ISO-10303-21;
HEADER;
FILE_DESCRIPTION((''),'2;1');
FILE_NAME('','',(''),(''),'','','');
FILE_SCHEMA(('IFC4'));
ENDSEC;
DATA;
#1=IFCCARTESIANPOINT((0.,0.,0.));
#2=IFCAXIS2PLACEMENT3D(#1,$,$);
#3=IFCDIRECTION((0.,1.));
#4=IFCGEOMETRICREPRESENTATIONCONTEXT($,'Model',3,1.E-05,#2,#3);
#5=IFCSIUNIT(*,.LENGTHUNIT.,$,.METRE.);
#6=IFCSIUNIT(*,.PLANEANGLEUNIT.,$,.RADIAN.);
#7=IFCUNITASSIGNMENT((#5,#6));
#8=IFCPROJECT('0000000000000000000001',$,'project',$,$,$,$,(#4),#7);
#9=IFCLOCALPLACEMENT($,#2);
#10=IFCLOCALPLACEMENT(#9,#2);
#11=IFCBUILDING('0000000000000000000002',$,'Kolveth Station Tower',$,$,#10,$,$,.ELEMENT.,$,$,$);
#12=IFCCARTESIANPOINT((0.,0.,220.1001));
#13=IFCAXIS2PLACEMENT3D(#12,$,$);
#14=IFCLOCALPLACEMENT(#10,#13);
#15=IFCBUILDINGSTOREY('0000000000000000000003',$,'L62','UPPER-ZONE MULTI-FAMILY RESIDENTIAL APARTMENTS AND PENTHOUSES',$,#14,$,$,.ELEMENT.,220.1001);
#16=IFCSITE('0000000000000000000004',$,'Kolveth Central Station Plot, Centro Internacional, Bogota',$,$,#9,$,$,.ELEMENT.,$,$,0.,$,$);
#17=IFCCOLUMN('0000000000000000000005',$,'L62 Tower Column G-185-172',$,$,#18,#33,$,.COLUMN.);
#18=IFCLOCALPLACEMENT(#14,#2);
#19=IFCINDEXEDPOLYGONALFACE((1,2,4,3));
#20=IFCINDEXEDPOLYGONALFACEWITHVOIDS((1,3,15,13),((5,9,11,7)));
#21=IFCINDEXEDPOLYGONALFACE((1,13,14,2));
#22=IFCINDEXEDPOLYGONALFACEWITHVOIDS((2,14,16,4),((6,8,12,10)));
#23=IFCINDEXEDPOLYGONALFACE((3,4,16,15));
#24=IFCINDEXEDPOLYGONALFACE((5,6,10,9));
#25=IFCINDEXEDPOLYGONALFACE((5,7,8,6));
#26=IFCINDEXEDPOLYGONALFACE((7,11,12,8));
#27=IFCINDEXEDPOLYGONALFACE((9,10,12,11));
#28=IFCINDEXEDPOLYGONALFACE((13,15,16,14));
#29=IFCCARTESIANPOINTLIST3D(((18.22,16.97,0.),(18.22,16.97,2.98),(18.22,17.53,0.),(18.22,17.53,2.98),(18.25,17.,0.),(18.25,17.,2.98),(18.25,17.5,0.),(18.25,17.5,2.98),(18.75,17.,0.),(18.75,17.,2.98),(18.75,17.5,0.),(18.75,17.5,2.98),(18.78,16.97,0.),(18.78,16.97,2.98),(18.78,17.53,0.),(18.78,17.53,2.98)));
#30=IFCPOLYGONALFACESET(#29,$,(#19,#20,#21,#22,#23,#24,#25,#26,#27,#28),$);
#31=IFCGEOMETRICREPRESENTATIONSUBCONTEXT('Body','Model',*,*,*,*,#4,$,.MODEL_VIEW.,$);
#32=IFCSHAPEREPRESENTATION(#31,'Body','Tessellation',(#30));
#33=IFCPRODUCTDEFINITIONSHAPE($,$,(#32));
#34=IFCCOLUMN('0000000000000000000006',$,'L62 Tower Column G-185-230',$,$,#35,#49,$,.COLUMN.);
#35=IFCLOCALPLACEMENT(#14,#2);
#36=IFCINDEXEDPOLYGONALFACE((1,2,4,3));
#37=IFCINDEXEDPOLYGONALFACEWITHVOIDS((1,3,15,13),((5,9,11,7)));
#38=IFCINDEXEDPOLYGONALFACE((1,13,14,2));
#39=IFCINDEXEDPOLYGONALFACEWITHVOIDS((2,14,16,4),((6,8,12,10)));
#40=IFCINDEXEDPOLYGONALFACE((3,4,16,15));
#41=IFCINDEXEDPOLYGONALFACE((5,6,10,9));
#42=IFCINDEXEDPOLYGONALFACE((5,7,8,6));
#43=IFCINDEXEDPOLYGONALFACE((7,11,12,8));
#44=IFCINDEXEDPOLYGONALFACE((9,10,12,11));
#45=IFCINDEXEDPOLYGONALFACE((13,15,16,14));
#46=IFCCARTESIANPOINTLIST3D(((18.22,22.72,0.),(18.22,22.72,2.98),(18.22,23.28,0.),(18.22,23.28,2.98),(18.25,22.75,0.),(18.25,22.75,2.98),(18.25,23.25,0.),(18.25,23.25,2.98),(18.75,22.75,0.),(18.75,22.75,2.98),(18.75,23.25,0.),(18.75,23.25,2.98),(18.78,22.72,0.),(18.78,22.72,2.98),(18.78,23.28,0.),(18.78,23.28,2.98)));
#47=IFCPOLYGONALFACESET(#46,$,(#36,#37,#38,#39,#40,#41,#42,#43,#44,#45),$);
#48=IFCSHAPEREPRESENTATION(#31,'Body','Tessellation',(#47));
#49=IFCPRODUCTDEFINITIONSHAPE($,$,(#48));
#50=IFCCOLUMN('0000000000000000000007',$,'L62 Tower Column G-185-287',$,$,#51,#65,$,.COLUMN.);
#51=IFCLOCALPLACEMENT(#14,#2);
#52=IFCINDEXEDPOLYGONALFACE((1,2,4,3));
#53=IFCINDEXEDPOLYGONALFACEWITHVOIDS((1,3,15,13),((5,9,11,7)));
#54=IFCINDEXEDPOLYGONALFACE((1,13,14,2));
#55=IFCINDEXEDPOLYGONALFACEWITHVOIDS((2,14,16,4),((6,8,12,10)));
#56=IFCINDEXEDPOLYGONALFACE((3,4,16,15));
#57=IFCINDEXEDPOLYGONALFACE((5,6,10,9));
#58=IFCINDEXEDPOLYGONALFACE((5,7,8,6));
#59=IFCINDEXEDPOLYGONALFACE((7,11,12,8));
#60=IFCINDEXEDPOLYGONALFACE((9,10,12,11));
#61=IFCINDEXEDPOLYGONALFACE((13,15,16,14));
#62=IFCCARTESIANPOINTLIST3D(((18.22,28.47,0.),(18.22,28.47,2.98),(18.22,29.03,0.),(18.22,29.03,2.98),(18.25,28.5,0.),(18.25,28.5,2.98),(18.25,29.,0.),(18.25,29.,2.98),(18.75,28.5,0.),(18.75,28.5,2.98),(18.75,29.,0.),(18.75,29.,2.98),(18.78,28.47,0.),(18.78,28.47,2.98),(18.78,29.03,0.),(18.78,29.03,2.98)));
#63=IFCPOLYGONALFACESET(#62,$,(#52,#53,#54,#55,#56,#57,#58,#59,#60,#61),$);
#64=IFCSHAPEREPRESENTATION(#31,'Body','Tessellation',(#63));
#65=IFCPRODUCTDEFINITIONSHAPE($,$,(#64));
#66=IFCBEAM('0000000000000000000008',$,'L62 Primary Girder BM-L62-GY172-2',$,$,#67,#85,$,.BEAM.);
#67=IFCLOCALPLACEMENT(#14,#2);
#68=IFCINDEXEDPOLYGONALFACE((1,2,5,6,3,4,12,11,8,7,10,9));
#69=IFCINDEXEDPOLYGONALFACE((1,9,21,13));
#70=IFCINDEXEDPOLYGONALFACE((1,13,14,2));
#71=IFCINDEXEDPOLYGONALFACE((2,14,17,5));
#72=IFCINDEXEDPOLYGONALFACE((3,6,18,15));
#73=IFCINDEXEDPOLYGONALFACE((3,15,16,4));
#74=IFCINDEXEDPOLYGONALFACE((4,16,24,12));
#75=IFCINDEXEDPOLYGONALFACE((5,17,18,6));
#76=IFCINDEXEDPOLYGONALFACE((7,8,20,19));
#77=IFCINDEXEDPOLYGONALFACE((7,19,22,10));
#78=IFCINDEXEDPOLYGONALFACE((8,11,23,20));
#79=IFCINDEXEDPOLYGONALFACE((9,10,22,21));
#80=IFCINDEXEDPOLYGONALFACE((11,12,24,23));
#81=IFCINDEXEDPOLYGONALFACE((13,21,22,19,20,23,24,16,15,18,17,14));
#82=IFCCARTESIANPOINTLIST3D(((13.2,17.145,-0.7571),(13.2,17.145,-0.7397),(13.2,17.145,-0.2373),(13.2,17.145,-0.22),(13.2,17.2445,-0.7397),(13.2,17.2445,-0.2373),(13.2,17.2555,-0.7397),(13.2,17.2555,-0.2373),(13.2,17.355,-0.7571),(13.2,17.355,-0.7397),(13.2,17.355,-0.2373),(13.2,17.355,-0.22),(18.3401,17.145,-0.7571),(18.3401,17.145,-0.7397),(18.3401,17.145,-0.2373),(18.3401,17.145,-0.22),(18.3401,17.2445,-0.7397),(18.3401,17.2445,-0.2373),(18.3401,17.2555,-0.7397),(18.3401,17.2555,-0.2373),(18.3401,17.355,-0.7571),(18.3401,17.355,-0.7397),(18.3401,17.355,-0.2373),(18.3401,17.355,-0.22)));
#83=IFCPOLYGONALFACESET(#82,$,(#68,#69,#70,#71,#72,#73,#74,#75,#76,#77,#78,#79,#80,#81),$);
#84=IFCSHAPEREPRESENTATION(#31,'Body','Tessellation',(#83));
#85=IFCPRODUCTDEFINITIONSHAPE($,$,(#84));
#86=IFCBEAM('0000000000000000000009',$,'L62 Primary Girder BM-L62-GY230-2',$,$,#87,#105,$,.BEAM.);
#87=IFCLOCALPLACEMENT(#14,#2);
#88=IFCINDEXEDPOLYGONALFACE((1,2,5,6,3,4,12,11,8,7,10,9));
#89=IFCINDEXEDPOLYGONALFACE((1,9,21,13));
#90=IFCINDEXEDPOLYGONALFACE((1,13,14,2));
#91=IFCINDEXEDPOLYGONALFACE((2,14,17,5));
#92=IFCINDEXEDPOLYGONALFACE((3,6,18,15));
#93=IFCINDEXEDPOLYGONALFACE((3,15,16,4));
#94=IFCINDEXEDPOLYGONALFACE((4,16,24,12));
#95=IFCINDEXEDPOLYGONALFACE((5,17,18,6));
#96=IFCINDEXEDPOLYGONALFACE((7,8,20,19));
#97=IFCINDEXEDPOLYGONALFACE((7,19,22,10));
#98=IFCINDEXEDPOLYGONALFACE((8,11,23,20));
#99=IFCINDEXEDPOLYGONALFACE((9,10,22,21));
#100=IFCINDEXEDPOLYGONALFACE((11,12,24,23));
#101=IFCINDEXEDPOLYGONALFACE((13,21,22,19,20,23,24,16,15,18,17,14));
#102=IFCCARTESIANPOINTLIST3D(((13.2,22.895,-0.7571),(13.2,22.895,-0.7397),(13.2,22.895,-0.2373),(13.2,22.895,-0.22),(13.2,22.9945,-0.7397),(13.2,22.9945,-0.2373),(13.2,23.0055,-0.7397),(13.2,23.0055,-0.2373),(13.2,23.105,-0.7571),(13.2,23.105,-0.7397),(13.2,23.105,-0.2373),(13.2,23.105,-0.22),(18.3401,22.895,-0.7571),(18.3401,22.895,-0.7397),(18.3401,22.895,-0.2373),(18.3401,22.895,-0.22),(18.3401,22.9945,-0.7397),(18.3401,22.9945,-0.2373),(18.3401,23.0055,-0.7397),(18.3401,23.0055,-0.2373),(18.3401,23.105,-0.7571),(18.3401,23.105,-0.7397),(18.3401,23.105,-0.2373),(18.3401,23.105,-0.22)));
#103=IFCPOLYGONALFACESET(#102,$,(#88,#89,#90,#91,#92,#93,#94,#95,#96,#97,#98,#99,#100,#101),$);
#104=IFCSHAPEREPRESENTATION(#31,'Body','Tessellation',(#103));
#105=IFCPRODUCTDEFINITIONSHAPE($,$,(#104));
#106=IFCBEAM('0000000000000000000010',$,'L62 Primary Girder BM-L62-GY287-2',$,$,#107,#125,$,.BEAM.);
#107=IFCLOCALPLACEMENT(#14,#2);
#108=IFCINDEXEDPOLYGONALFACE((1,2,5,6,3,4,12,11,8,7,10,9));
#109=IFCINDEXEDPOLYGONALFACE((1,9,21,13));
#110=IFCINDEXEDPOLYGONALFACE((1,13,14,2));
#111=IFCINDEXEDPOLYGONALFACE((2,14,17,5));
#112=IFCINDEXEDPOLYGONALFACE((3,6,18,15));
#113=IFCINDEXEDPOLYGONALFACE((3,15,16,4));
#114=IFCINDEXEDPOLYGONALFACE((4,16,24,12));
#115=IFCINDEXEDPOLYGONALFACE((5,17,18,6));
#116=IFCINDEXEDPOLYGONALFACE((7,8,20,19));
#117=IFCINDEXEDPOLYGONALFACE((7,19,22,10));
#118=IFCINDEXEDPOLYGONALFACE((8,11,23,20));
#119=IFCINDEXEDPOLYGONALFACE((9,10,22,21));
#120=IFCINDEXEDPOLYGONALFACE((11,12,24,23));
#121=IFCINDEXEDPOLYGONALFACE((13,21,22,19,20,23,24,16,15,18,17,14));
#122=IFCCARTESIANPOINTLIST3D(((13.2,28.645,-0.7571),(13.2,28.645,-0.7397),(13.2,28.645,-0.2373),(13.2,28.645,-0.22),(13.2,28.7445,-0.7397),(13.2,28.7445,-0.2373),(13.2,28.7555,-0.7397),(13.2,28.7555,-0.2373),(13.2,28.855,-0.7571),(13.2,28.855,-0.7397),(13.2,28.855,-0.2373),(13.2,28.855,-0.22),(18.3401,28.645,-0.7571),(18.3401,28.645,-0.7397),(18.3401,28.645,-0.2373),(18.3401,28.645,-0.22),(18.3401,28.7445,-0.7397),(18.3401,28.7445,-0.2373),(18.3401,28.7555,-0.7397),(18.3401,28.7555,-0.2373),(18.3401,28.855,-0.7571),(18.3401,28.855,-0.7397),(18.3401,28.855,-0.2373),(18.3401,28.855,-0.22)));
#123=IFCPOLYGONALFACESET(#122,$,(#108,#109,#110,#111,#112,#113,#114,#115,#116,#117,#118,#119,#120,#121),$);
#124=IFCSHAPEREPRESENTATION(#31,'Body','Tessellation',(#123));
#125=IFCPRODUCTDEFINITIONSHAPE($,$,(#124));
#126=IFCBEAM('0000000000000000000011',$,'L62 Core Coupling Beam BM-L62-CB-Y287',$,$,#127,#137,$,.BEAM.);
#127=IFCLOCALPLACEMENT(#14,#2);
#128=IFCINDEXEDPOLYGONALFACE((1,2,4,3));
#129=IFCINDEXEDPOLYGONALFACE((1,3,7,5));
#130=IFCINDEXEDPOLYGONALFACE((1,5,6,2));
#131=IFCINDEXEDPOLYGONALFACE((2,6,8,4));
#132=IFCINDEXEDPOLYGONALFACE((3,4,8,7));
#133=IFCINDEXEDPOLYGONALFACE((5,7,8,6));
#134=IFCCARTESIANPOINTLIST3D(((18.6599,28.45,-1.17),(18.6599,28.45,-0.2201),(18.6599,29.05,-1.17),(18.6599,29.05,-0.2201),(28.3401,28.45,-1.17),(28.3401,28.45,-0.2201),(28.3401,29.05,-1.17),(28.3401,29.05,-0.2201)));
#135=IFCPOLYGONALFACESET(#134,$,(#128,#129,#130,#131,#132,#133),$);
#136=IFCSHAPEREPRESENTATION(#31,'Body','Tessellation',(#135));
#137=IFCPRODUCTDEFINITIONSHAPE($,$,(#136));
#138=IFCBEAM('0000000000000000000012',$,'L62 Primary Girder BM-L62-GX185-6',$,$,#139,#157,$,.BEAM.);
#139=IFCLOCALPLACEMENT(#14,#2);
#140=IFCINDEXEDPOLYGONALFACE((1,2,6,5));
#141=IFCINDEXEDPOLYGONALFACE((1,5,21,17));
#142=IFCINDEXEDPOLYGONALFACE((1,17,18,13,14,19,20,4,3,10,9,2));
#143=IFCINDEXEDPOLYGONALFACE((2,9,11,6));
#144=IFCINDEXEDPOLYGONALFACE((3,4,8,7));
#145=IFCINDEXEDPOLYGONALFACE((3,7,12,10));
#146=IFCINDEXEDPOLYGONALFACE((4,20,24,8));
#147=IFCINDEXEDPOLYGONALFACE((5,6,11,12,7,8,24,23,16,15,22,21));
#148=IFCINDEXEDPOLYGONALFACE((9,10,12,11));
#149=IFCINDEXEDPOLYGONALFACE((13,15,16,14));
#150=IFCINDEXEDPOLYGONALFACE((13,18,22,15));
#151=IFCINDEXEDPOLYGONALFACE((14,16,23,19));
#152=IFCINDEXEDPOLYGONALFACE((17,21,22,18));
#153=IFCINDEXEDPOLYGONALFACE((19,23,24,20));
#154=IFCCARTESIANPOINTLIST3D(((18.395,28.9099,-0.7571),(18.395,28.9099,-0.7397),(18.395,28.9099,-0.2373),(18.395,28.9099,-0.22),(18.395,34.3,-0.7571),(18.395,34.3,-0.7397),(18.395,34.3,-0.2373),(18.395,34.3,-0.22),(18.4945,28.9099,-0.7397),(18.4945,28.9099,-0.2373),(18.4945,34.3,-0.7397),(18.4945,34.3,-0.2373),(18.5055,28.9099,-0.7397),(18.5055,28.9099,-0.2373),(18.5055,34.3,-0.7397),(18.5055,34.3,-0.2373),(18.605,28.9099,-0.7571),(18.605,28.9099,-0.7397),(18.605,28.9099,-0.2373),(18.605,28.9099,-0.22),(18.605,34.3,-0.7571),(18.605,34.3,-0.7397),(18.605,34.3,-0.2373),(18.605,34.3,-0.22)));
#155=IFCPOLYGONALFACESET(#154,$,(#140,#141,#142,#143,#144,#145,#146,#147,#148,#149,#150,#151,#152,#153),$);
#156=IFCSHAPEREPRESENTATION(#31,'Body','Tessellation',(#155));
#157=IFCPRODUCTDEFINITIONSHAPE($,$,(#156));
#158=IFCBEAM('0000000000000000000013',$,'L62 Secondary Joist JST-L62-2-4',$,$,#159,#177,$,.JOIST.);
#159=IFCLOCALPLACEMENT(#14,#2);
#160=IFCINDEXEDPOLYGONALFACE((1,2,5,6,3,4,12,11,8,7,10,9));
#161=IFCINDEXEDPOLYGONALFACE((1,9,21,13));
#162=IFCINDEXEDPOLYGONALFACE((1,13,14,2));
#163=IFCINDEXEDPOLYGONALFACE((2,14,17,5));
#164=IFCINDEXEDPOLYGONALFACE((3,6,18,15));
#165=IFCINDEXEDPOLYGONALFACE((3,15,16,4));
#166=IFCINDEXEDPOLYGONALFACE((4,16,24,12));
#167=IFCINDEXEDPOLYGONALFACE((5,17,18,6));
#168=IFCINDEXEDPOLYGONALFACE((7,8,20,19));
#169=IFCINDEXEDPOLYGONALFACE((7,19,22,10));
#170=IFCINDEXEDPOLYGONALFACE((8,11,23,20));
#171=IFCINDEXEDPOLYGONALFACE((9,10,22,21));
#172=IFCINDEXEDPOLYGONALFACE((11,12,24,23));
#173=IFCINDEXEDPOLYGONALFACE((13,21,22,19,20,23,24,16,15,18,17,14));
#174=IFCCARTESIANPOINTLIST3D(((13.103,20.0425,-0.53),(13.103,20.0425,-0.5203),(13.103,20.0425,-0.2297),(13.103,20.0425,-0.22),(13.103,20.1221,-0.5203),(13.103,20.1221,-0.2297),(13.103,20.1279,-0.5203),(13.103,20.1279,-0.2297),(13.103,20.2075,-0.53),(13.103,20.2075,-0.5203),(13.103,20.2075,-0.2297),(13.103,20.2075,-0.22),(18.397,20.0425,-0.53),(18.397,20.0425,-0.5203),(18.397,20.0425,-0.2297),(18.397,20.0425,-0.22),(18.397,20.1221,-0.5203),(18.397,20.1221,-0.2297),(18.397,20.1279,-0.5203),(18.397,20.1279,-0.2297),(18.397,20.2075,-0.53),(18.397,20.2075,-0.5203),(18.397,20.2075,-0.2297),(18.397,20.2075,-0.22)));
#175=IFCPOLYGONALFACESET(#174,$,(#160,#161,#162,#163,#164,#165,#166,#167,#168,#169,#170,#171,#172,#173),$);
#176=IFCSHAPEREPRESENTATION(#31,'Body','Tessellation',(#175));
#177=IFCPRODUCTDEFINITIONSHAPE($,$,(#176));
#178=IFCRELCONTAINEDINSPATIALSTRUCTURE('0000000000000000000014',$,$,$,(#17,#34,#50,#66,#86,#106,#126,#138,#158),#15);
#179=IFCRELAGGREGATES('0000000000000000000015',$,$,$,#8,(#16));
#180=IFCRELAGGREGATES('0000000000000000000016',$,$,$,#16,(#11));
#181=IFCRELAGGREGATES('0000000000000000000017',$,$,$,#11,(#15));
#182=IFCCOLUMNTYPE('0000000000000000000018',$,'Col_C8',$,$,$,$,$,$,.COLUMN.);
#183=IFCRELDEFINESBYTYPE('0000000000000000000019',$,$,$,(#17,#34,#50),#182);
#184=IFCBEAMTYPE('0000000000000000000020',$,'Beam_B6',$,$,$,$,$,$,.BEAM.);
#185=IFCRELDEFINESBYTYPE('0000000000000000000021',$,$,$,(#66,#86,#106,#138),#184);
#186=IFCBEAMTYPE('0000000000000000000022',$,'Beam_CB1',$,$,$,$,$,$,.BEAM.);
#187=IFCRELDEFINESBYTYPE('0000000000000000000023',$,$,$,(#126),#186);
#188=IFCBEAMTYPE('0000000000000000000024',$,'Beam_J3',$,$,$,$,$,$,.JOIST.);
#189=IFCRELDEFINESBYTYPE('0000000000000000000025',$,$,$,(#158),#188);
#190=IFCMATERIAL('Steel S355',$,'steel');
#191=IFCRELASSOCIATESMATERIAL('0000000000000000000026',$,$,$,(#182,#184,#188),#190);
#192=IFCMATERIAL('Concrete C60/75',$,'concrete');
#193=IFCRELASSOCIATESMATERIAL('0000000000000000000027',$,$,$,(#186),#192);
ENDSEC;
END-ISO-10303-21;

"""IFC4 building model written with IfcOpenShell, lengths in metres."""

from ifc_helpers import new_model, si_unit, direction, frame, origin, origin_2d, place, context, subcontext, project, spatial, rectangle, hollow_rectangle, i_section, extrude, source, transform, mapped, material, material_profile, profile_set, type_object, element, save


model = new_model("IFC4")

# Units and contexts
model_context = context("Model", 3, precision=1e-05, world=origin(), true_north=direction((0.0, 1.0)))
body_context = subcontext(model_context, "Body", "Model", "MODEL_VIEW")
ifc_project = project(units=[si_unit("LENGTHUNIT", "METRE"), si_unit("PLANEANGLEUNIT", "RADIAN")], contexts=[model_context])

# Site, building, storey
site_placement = place(None, origin())
site = spatial("IfcSite", under=ifc_project, at=site_placement, Name="Kolveth Central Station Plot, Centro Internacional, Bogota", CompositionType="ELEMENT", RefElevation=0.0)
building_placement = place(site_placement, origin())
building = spatial("IfcBuilding", under=site, at=building_placement, Name="Kolveth Station Tower", CompositionType="ELEMENT")
storey_placement = place(building_placement, frame((0.0, 0.0, 220.1001)))
storey = spatial("IfcBuildingStorey", under=building, at=storey_placement, Name="L62", Description="UPPER-ZONE MULTI-FAMILY RESIDENTIAL APARTMENTS AND PENTHOUSES", CompositionType="ELEMENT", Elevation=220.1001)

# Columns
ifc_material_1 = material(Name="Steel S355", Category="steel")
ifc_material_profile_1 = material_profile(ifc_material_1, hollow_rectangle(XDim=0.5601, YDim=0.5601, WallThickness=0.03, at=origin_2d()), Name="BOX560x560x30")
ifc_profile_set_1 = profile_set([ifc_material_profile_1], Name="Steel S355")
column_type = type_object("IfcColumnType", Name="Col_C8", PredefinedType="COLUMN", material=ifc_profile_set_1)
shared_shape_1 = source(origin(), body_context, "Body", "SweptSolid", [
    extrude(hollow_rectangle(XDim=0.5601, YDim=0.5601, WallThickness=0.03, at=origin_2d()), origin(), (0.0, 0.0, 1.0), 2.98),
])
for number, where, z_axis, x_axis, name in (
    (1, (18.5, 17.25, 0.0), (0.0, 0.0, 1.0), (1.0, 0.0, 0.0), "L62 Tower Column G-185-172"),
    (2, (18.5, 23.0, 0.0), (0.0, 0.0, 1.0), (1.0, 0.0, 0.0), "L62 Tower Column G-185-230"),
    (3, (18.5, 28.75, 0.0), (0.0, 0.0, 1.0), (1.0, 0.0, 0.0), "L62 Tower Column G-185-287"),
):
    element("IfcColumn", number, at=place(storey_placement, frame(where, z_axis=z_axis, x_axis=x_axis)), inside=storey, type_object=column_type, Name=name, PredefinedType="COLUMN", context=body_context, shape_type="MappedRepresentation", body=[
        mapped(shared_shape_1, transform((0.0, 0.0, 0.0), x_axis=(1.0, 0.0, 0.0), y_axis=(0.0, 1.0, 0.0), z_axis=(0.0, 0.0, 1.0), scale=1.0)),
    ])

# Beams
ifc_material_profile_2 = material_profile(ifc_material_1, i_section(OverallWidth=0.21, OverallDepth=0.5371, WebThickness=0.011, FlangeThickness=0.0173, at=origin_2d()), Name="W530x101")
ifc_profile_set_2 = profile_set([ifc_material_profile_2], Name="Steel S355")
beam_type_1 = type_object("IfcBeamType", Name="Beam_B6", PredefinedType="BEAM", material=ifc_profile_set_2)
shared_shape_2 = source(origin(), body_context, "Body", "SweptSolid", [
    extrude(i_section(OverallWidth=0.21, OverallDepth=0.5371, WebThickness=0.011, FlangeThickness=0.0173, at=origin_2d()), origin(), (0.0, 0.0, 1.0), 5.1401),
])
for number, where, z_axis, x_axis, name in (
    (4, (13.2, 17.25, -0.4885), (1.0, 0.0, 0.0), (0.0, 1.0, 0.0), "L62 Primary Girder BM-L62-GY172-2"),
    (5, (13.2, 23.0, -0.4885), (1.0, 0.0, 0.0), (0.0, 1.0, 0.0), "L62 Primary Girder BM-L62-GY230-2"),
    (6, (13.2, 28.75, -0.4885), (1.0, 0.0, 0.0), (0.0, 1.0, 0.0), "L62 Primary Girder BM-L62-GY287-2"),
):
    element("IfcBeam", number, at=place(storey_placement, frame(where, z_axis=z_axis, x_axis=x_axis)), inside=storey, type_object=beam_type_1, Name=name, PredefinedType="BEAM", context=body_context, shape_type="MappedRepresentation", body=[
        mapped(shared_shape_2, transform((0.0, 0.0, 0.0), x_axis=(1.0, 0.0, 0.0), y_axis=(0.0, 1.0, 0.0), z_axis=(0.0, 0.0, 1.0), scale=1.0)),
    ])
ifc_material_2 = material(Name="Concrete C60/75", Category="concrete")
ifc_material_profile_3 = material_profile(ifc_material_2, rectangle(XDim=0.6001, YDim=0.95, at=origin_2d()), Name="RC-600x950")
ifc_profile_set_3 = profile_set([ifc_material_profile_3], Name="Concrete C60/75")
beam_type_2 = type_object("IfcBeamType", Name="Beam_CB1", PredefinedType="BEAM", material=ifc_profile_set_3)
shared_shape_3 = source(origin(), body_context, "Body", "SweptSolid", [
    extrude(rectangle(XDim=0.6001, YDim=0.95, at=origin_2d()), origin(), (0.0, 0.0, 1.0), 9.6802),
])
beam_1_placement = place(storey_placement, frame((18.6599, 28.75, -0.6951), z_axis=(1.0, 0.0, 0.0), x_axis=(0.0, 1.0, 0.0)))
element("IfcBeam", 7, at=beam_1_placement, inside=storey, type_object=beam_type_2, Name="L62 Core Coupling Beam BM-L62-CB-Y287", PredefinedType="BEAM", context=body_context, shape_type="MappedRepresentation", body=[
    mapped(shared_shape_3, transform((0.0, 0.0, 0.0), x_axis=(1.0, 0.0, 0.0), y_axis=(0.0, 1.0, 0.0), z_axis=(0.0, 0.0, 1.0), scale=1.0)),
])
shared_shape_4 = source(origin(), body_context, "Body", "SweptSolid", [
    extrude(i_section(OverallWidth=0.21, OverallDepth=0.5371, WebThickness=0.011, FlangeThickness=0.0173, at=origin_2d()), origin(), (0.0, 0.0, 1.0), 5.3901),
])
beam_2_placement = place(storey_placement, frame((18.5, 28.9099, -0.4885), z_axis=(0.0, 1.0, 0.0), x_axis=(-1.0, 0.0, 0.0)))
element("IfcBeam", 8, at=beam_2_placement, inside=storey, type_object=beam_type_1, Name="L62 Primary Girder BM-L62-GX185-6", PredefinedType="BEAM", context=body_context, shape_type="MappedRepresentation", body=[
    mapped(shared_shape_4, transform((0.0, 0.0, 0.0), x_axis=(1.0, 0.0, 0.0), y_axis=(0.0, 1.0, 0.0), z_axis=(0.0, 0.0, 1.0), scale=1.0)),
])
ifc_material_profile_4 = material_profile(ifc_material_1, i_section(OverallWidth=0.165, OverallDepth=0.3101, WebThickness=0.0059, FlangeThickness=0.0098, at=origin_2d()), Name="W310x39")
ifc_profile_set_4 = profile_set([ifc_material_profile_4], Name="Steel S355")
beam_type_3 = type_object("IfcBeamType", Name="Beam_J3", PredefinedType="JOIST", material=ifc_profile_set_4)
shared_shape_5 = source(origin(), body_context, "Body", "SweptSolid", [
    extrude(i_section(OverallWidth=0.165, OverallDepth=0.3101, WebThickness=0.0059, FlangeThickness=0.0098, at=origin_2d()), origin(), (0.0, 0.0, 1.0), 5.2939),
])
for number, where, z_axis, x_axis, name in (
    (9, (13.103, 20.125, -0.375), (1.0, 0.0, 0.0), (0.0, 1.0, 0.0), "L62 Secondary Joist JST-L62-2-4"),
):
    element("IfcBeam", number, at=place(storey_placement, frame(where, z_axis=z_axis, x_axis=x_axis)), inside=storey, type_object=beam_type_3, Name=name, PredefinedType="JOIST", context=body_context, shape_type="MappedRepresentation", body=[
        mapped(shared_shape_5, transform((0.0, 0.0, 0.0), x_axis=(1.0, 0.0, 0.0), y_axis=(0.0, 1.0, 0.0), z_axis=(0.0, 0.0, 1.0), scale=1.0)),
    ])

save(model, "model.ifc")
